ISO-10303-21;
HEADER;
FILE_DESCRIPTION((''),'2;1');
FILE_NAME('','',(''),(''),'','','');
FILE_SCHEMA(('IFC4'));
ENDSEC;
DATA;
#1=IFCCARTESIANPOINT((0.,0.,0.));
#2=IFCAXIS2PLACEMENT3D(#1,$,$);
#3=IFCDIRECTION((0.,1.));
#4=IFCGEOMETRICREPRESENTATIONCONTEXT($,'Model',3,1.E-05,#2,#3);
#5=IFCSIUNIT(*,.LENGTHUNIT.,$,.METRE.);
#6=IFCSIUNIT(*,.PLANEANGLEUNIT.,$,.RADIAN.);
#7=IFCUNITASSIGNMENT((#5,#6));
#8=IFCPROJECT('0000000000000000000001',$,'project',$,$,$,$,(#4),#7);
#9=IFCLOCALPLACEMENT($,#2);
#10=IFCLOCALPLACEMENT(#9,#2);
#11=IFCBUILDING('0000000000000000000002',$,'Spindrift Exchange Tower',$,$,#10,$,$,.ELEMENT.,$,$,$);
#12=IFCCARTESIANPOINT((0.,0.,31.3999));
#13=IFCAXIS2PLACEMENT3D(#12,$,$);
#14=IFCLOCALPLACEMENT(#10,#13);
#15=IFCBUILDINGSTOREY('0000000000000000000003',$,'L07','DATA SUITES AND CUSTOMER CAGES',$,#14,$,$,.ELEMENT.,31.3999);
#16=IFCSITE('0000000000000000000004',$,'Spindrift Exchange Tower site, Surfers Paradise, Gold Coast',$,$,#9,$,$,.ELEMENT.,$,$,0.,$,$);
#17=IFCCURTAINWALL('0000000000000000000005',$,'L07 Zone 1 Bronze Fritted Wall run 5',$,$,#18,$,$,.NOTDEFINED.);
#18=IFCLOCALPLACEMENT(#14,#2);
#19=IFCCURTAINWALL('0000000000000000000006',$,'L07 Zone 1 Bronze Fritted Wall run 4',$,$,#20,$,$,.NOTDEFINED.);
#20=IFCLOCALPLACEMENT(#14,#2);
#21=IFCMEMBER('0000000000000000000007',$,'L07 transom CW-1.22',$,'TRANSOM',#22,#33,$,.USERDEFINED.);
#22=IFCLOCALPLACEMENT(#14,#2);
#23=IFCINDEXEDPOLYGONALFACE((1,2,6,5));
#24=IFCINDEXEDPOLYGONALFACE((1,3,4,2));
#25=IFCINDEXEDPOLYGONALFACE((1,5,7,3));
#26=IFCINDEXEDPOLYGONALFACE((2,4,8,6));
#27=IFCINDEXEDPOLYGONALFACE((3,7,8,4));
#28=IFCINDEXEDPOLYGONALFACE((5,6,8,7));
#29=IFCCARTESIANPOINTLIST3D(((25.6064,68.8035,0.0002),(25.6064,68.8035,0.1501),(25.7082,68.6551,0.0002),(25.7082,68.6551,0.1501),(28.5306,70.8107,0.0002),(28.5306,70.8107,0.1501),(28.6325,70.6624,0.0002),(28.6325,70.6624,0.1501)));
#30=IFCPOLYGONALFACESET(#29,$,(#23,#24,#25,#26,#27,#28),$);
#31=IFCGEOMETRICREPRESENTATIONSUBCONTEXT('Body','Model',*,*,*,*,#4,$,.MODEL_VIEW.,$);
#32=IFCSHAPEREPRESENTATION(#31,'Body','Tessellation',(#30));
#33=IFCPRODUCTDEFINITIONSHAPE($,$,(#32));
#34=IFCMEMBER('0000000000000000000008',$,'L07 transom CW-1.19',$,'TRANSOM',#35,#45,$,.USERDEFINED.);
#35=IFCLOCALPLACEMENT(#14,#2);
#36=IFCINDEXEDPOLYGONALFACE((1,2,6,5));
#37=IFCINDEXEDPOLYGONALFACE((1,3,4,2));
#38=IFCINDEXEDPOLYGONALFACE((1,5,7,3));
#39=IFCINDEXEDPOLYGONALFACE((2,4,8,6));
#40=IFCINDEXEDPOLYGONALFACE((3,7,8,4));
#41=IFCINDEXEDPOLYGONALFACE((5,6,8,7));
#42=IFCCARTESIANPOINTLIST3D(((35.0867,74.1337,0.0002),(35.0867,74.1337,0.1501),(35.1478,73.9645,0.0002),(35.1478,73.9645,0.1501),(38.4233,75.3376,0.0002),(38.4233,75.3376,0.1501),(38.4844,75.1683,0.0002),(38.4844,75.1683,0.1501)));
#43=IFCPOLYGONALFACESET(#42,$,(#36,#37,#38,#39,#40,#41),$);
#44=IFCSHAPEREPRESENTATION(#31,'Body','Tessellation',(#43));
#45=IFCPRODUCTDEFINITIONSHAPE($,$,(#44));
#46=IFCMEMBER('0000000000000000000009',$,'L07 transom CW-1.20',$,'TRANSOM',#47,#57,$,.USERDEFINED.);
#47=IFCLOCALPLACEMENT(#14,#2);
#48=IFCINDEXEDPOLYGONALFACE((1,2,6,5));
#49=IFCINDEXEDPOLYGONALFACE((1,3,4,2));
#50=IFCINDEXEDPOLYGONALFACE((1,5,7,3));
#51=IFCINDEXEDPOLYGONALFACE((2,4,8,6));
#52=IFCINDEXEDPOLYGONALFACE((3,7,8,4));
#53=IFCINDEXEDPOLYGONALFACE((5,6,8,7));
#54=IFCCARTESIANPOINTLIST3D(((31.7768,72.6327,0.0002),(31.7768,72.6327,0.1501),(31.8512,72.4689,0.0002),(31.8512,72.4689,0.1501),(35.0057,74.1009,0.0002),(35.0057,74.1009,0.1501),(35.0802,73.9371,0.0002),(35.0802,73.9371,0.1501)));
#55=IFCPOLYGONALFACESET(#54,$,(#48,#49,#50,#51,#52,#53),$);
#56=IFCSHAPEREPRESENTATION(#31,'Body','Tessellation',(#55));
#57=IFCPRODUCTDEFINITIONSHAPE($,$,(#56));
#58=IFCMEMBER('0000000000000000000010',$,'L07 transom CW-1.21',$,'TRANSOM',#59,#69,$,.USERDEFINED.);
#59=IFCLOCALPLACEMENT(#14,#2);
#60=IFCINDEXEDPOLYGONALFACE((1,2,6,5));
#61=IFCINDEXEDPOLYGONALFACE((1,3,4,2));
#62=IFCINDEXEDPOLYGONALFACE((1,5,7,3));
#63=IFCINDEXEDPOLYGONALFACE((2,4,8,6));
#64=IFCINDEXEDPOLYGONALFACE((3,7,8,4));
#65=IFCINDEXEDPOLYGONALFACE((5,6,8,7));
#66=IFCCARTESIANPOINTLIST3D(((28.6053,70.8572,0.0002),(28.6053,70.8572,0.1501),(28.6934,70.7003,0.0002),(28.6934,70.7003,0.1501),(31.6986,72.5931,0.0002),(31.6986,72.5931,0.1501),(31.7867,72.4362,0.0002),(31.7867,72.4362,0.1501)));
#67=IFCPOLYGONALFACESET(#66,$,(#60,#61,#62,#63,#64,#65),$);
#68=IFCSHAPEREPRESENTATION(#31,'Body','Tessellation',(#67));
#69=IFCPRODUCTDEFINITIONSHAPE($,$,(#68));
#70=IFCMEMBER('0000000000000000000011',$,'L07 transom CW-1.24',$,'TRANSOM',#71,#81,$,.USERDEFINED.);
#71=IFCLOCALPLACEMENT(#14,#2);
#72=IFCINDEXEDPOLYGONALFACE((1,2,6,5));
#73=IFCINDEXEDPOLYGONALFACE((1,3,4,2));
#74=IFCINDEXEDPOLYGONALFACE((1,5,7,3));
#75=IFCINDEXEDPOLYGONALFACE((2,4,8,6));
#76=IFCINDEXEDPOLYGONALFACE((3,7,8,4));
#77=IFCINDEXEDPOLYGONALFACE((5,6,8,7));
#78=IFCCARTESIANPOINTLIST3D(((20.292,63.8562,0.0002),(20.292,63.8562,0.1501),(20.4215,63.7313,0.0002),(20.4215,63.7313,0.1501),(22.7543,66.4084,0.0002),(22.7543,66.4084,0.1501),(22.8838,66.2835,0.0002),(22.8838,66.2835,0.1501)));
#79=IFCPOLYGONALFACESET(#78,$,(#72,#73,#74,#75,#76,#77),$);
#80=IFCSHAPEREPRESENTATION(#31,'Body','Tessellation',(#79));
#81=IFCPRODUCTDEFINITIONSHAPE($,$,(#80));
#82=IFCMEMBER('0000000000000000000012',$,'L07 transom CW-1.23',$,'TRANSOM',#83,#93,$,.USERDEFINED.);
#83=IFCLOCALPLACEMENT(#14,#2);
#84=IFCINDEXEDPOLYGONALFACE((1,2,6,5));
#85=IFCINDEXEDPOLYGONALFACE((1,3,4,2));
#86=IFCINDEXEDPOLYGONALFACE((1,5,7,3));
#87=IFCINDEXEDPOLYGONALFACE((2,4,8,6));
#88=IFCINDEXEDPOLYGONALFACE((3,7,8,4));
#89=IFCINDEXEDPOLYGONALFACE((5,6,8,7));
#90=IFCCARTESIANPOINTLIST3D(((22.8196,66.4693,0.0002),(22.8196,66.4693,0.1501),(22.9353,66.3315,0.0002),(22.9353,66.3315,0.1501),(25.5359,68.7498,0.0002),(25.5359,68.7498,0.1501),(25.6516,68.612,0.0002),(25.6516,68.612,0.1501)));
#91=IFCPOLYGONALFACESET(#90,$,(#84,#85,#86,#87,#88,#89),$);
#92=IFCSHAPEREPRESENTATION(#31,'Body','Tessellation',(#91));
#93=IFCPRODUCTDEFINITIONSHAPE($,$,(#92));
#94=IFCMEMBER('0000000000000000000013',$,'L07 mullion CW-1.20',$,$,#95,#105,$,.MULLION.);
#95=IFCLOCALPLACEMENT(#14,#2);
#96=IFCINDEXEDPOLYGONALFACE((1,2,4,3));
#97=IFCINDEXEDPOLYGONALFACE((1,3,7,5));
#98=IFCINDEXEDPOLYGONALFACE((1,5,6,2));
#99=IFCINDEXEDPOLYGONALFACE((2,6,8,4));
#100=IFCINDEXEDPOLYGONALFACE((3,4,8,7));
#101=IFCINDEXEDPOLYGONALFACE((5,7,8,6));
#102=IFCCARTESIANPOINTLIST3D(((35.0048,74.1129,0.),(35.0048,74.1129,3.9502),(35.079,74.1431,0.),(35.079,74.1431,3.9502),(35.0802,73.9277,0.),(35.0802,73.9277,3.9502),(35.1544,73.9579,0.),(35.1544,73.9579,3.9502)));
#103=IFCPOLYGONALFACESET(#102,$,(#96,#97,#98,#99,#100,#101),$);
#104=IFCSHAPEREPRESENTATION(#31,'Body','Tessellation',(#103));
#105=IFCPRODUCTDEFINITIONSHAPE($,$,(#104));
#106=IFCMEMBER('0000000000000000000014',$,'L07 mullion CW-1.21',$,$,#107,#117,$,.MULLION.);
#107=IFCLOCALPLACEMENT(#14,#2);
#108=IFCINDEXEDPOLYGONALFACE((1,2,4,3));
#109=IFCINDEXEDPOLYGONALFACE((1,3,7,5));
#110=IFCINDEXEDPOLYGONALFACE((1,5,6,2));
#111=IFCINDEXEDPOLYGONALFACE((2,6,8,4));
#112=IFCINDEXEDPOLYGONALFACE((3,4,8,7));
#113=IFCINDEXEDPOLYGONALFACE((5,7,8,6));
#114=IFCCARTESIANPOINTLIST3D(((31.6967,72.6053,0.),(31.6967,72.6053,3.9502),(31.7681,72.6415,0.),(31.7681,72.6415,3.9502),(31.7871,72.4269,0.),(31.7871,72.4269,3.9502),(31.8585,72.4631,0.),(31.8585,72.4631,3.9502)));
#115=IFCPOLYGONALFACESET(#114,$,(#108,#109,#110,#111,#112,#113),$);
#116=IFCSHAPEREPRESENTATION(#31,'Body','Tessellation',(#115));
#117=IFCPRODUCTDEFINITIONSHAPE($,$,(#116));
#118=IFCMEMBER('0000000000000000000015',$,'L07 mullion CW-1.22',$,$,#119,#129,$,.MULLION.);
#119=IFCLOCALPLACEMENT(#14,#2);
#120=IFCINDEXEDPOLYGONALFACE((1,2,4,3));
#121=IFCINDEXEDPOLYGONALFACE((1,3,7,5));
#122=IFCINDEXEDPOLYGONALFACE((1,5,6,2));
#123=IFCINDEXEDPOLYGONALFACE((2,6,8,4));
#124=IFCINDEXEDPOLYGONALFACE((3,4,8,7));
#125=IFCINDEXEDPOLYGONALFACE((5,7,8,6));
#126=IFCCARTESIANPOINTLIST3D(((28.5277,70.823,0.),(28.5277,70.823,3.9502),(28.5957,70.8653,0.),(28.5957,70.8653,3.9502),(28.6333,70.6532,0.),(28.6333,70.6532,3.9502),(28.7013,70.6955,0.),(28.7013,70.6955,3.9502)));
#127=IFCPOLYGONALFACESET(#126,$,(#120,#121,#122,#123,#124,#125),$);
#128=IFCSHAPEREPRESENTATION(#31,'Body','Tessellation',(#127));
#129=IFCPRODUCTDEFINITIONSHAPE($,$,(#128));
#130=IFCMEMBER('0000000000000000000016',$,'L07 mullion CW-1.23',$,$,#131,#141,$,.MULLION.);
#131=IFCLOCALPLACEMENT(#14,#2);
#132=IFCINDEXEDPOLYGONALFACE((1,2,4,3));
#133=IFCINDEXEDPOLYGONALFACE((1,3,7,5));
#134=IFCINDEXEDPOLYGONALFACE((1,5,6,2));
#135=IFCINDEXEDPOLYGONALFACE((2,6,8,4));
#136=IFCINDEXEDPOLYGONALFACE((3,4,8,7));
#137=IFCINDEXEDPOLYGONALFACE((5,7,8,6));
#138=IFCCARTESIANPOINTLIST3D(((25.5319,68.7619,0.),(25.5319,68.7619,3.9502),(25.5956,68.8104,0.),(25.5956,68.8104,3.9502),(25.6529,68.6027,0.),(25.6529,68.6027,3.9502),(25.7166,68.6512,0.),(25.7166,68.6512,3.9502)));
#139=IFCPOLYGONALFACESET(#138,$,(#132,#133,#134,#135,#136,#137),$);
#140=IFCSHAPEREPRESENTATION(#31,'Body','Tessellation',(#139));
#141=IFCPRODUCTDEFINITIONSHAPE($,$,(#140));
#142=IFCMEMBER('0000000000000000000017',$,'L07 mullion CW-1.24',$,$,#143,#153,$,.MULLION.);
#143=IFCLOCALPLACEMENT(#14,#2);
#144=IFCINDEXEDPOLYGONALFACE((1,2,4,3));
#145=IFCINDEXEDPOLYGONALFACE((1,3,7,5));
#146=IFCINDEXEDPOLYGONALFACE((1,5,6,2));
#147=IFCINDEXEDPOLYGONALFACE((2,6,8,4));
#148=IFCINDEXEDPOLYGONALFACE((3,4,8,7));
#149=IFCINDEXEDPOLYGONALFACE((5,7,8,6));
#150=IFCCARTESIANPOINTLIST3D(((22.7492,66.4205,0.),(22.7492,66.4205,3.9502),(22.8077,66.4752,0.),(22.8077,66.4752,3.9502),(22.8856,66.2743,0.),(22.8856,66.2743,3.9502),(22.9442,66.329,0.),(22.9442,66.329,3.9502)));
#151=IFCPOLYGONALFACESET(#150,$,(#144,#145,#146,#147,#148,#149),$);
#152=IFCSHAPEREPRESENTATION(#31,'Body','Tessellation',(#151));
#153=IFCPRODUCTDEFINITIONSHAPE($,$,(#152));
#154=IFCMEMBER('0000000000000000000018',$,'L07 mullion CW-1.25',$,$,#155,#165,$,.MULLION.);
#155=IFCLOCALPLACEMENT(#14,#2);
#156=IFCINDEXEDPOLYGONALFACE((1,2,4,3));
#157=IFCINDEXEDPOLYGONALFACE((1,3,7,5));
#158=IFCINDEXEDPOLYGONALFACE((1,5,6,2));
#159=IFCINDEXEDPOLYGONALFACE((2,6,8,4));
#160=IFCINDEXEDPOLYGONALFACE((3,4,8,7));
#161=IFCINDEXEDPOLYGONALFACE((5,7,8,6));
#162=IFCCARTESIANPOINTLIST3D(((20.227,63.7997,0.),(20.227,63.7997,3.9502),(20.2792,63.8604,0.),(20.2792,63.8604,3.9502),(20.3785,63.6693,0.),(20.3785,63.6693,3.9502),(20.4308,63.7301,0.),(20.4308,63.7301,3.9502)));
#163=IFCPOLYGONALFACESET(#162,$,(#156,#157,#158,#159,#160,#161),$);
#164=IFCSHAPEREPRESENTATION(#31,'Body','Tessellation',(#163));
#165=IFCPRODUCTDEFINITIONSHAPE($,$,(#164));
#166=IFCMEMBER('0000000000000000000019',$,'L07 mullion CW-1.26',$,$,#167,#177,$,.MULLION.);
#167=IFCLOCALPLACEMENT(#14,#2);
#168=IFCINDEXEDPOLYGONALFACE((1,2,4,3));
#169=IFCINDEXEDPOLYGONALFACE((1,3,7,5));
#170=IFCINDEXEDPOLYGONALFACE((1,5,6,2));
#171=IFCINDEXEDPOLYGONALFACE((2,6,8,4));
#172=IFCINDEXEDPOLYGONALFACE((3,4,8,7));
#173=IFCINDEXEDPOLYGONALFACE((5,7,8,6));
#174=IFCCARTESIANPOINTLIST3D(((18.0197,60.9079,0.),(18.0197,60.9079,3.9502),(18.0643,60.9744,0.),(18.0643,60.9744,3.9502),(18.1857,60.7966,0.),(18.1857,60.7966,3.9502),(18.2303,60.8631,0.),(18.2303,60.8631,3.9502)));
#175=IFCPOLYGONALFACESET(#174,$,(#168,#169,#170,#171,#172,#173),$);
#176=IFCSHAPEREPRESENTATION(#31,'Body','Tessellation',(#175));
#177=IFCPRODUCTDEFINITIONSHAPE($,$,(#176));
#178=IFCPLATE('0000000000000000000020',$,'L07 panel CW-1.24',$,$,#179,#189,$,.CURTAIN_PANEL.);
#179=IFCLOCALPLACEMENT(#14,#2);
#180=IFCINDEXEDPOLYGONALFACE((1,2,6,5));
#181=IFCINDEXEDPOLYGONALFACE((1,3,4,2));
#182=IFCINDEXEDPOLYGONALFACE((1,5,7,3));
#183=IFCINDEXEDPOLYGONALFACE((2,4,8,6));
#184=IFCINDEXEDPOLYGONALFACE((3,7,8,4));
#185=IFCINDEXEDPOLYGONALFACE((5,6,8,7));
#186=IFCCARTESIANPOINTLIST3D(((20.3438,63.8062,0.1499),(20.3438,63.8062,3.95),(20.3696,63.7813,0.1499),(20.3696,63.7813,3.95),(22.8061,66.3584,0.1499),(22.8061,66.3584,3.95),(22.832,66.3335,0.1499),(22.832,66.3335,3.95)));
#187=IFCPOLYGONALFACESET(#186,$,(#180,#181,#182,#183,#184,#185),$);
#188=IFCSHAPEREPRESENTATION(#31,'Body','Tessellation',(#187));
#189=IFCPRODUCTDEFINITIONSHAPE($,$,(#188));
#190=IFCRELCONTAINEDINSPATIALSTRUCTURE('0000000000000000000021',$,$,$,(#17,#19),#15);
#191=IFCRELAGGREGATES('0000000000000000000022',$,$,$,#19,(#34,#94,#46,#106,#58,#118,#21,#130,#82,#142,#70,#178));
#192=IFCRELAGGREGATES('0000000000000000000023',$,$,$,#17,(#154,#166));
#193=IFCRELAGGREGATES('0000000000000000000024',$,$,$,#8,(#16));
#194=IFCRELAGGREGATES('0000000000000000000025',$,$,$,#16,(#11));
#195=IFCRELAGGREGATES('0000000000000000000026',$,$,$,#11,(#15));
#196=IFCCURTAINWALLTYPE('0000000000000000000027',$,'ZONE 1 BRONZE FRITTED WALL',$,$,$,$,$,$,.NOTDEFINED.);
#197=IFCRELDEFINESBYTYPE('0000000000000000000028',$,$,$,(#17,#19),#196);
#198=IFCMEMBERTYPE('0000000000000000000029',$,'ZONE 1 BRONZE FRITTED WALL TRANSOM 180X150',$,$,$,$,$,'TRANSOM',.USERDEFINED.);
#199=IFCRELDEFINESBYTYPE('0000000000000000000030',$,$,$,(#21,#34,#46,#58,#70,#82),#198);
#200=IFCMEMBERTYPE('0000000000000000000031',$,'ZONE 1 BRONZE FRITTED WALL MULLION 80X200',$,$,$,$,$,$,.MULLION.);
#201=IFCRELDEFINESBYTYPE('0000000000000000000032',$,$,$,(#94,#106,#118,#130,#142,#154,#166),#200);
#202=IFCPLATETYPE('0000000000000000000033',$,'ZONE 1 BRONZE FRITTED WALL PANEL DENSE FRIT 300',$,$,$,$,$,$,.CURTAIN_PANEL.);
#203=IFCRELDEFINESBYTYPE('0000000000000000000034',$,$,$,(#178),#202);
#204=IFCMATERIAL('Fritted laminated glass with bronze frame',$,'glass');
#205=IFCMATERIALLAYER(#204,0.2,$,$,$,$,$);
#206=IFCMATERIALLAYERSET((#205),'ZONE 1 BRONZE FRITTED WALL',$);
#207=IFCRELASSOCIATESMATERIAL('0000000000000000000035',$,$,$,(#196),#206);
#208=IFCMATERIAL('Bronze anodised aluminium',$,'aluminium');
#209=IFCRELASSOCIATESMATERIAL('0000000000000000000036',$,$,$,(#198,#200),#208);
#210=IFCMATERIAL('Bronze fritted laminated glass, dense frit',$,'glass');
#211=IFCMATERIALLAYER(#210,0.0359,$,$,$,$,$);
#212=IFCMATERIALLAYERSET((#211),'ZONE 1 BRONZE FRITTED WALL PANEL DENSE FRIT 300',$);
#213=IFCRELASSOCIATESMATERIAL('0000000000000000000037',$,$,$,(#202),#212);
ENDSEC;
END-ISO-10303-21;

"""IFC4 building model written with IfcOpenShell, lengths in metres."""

from ifc_helpers import new_model, si_unit, direction, frame, origin, origin_2d, place, context, subcontext, project, spatial, rectangle, extrude, source, transform, mapped, material, layer, layer_set, material_profile, profile_set, type_object, element, aggregate, save


model = new_model("IFC4")

# Units and contexts
model_context = context("Model", 3, precision=1e-05, world=origin(), true_north=direction((0.0, 1.0)))
body_context = subcontext(model_context, "Body", "Model", "MODEL_VIEW")
ifc_project = project(units=[si_unit("LENGTHUNIT", "METRE"), si_unit("PLANEANGLEUNIT", "RADIAN")], contexts=[model_context])

# Site, building, storey
site_placement = place(None, origin())
site = spatial("IfcSite", under=ifc_project, at=site_placement, Name="Spindrift Exchange Tower site, Surfers Paradise, Gold Coast", CompositionType="ELEMENT", RefElevation=0.0)
building_placement = place(site_placement, origin())
building = spatial("IfcBuilding", under=site, at=building_placement, Name="Spindrift Exchange Tower", CompositionType="ELEMENT")
storey_placement = place(building_placement, frame((0.0, 0.0, 31.3999)))
storey = spatial("IfcBuildingStorey", under=building, at=storey_placement, Name="L07", Description="DATA SUITES AND CUSTOMER CAGES", CompositionType="ELEMENT", Elevation=31.3999)

# Curtain walls, members
ifc_material_1 = material(Name="Fritted laminated glass with bronze frame", Category="glass")
ifc_layer_1 = layer(ifc_material_1, 0.2)
ifc_layer_set_1 = layer_set([ifc_layer_1], Name="ZONE 1 BRONZE FRITTED WALL")
curtain_wall_type = type_object("IfcCurtainWallType", Name="ZONE 1 BRONZE FRITTED WALL", PredefinedType="NOTDEFINED", material=ifc_layer_set_1)
curtain_wall_1_placement = place(storey_placement, origin())
curtain_wall_1 = element("IfcCurtainWall", 1, at=curtain_wall_1_placement, inside=storey, type_object=curtain_wall_type, Name="L07 Zone 1 Bronze Fritted Wall run 5", PredefinedType="NOTDEFINED")
ifc_material_2 = material(Name="Bronze anodised aluminium", Category="aluminium")
ifc_material_profile_1 = material_profile(ifc_material_2, rectangle(XDim=0.1799, YDim=0.1499, at=origin_2d()), Name="ZONE 1 BRONZE FRITTED WALL TRANSOM 180X150")
ifc_profile_set_1 = profile_set([ifc_material_profile_1], Name="Bronze anodised aluminium")
member_type_1 = type_object("IfcMemberType", Name="ZONE 1 BRONZE FRITTED WALL TRANSOM 180X150", ElementType="TRANSOM", PredefinedType="USERDEFINED", material=ifc_profile_set_1)
curtain_wall_2_placement = place(storey_placement, origin())
curtain_wall_2 = element("IfcCurtainWall", 2, at=curtain_wall_2_placement, inside=storey, type_object=curtain_wall_type, Name="L07 Zone 1 Bronze Fritted Wall run 4", PredefinedType="NOTDEFINED")
shared_shape_1 = source(origin(), body_context, "Body", "SweptSolid", [
    extrude(rectangle(XDim=0.1799, YDim=0.1499, at=origin_2d()), origin(), (0.0, 0.0, 1.0), 3.5469),
])
member_1_placement = place(storey_placement, frame((28.5815, 70.7366, 0.0752), z_axis=(-0.824455, -0.565927, 0.0), x_axis=(0.565927, -0.824455, 0.0)))
member_1 = element("IfcMember", 3, at=member_1_placement, type_object=member_type_1, Name="L07 transom CW-1.22", ObjectType="TRANSOM", PredefinedType="USERDEFINED", context=body_context, shape_type="MappedRepresentation", body=[
    mapped(shared_shape_1, transform((0.0, 0.0, 0.0), scale=1.0)),
])
shared_shape_2 = source(origin(), body_context, "Body", "SweptSolid", [
    extrude(rectangle(XDim=0.1799, YDim=0.1499, at=origin_2d()), origin(), (0.0, 0.0, 1.0), 3.5471),
])
member_2_placement = place(storey_placement, frame((38.4539, 75.2529, 0.0752), z_axis=(-0.940649, -0.339382, 0.0), x_axis=(0.339382, -0.940649, 0.0)))
member_2 = element("IfcMember", 4, at=member_2_placement, type_object=member_type_1, Name="L07 transom CW-1.19", ObjectType="TRANSOM", PredefinedType="USERDEFINED", context=body_context, shape_type="MappedRepresentation", body=[
    mapped(shared_shape_2, transform((0.0, 0.0, 0.0), scale=1.0)),
])
member_3_placement = place(storey_placement, frame((35.043, 74.019, 0.0752), z_axis=(-0.91031, -0.413927, 0.0), x_axis=(0.413927, -0.91031, 0.0)))
member_3 = element("IfcMember", 5, at=member_3_placement, type_object=member_type_1, Name="L07 transom CW-1.20", ObjectType="TRANSOM", PredefinedType="USERDEFINED", context=body_context, shape_type="MappedRepresentation", body=[
    mapped(shared_shape_2, transform((0.0, 0.0, 0.0), scale=1.0)),
])
member_4_placement = place(storey_placement, frame((31.7427, 72.5146, 0.0752), z_axis=(-0.872071, -0.489379, 0.0), x_axis=(0.489379, -0.872071, 0.0)))
member_4 = element("IfcMember", 6, at=member_4_placement, type_object=member_type_1, Name="L07 transom CW-1.21", ObjectType="TRANSOM", PredefinedType="USERDEFINED", context=body_context, shape_type="MappedRepresentation", body=[
    mapped(shared_shape_2, transform((0.0, 0.0, 0.0), scale=1.0)),
])
shared_shape_3 = source(origin(), body_context, "Body", "SweptSolid", [
    extrude(rectangle(XDim=0.1799, YDim=0.1499, at=origin_2d()), origin(), (0.0, 0.0, 1.0), 3.5464),
])
member_5_placement = place(storey_placement, frame((22.8191, 66.3459, 0.0752), z_axis=(-0.694327, -0.71966, 0.0), x_axis=(0.71966, -0.694327, 0.0)))
member_5 = element("IfcMember", 7, at=member_5_placement, type_object=member_type_1, Name="L07 transom CW-1.24", ObjectType="TRANSOM", PredefinedType="USERDEFINED", context=body_context, shape_type="MappedRepresentation", body=[
    mapped(shared_shape_3, transform((0.0, 0.0, 0.0), scale=1.0)),
])
shared_shape_4 = source(origin(), body_context, "Body", "SweptSolid", [
    extrude(rectangle(XDim=0.1799, YDim=0.1499, at=origin_2d()), origin(), (0.0, 0.0, 1.0), 3.5466),
])
member_6_placement = place(storey_placement, frame((25.5938, 68.6809, 0.0752), z_axis=(-0.765869, -0.642997, 0.0), x_axis=(0.642997, -0.765869, 0.0)))
member_6 = element("IfcMember", 8, at=member_6_placement, type_object=member_type_1, Name="L07 transom CW-1.23", ObjectType="TRANSOM", PredefinedType="USERDEFINED", context=body_context, shape_type="MappedRepresentation", body=[
    mapped(shared_shape_4, transform((0.0, 0.0, 0.0), scale=1.0)),
])
ifc_material_profile_2 = material_profile(ifc_material_2, rectangle(XDim=0.0801, YDim=0.2, at=origin_2d()), Name="ZONE 1 BRONZE FRITTED WALL MULLION 80X200")
ifc_profile_set_2 = profile_set([ifc_material_profile_2], Name="Bronze anodised aluminium")
member_type_2 = type_object("IfcMemberType", Name="ZONE 1 BRONZE FRITTED WALL MULLION 80X200", PredefinedType="MULLION", material=ifc_profile_set_2)
shared_shape_5 = source(origin(), body_context, "Body", "SweptSolid", [
    extrude(rectangle(XDim=0.0801, YDim=0.2, at=origin_2d()), origin(), (0.0, 0.0, 1.0), 3.9502),
])
member_7_placement = place(storey_placement, frame((35.0796, 74.0354, 0.0), z_axis=(0.0, 0.0, 1.0), x_axis=(-0.926241, -0.376932, 0.0)))
member_7 = element("IfcMember", 9, at=member_7_placement, type_object=member_type_2, Name="L07 mullion CW-1.20", PredefinedType="MULLION", context=body_context, shape_type="MappedRepresentation", body=[
    mapped(shared_shape_5, transform((0.0, 0.0, 0.0), scale=1.0)),
])
member_8_placement = place(storey_placement, frame((31.7776, 72.5342, 0.0), z_axis=(0.0, 0.0, 1.0), x_axis=(-0.891994, -0.452048, 0.0)))
member_8 = element("IfcMember", 10, at=member_8_placement, type_object=member_type_2, Name="L07 mullion CW-1.21", PredefinedType="MULLION", context=body_context, shape_type="MappedRepresentation", body=[
    mapped(shared_shape_5, transform((0.0, 0.0, 0.0), scale=1.0)),
])
member_9_placement = place(storey_placement, frame((28.6145, 70.7593, 0.0), z_axis=(0.0, 0.0, 1.0), x_axis=(-0.84912, -0.528201, 0.0)))
member_9 = element("IfcMember", 11, at=member_9_placement, type_object=member_type_2, Name="L07 mullion CW-1.22", PredefinedType="MULLION", context=body_context, shape_type="MappedRepresentation", body=[
    mapped(shared_shape_5, transform((0.0, 0.0, 0.0), scale=1.0)),
])
member_10_placement = place(storey_placement, frame((25.6243, 68.7065, 0.0), z_axis=(0.0, 0.0, 1.0), x_axis=(-0.796096, -0.60517, 0.0)))
member_10 = element("IfcMember", 12, at=member_10_placement, type_object=member_type_2, Name="L07 mullion CW-1.23", PredefinedType="MULLION", context=body_context, shape_type="MappedRepresentation", body=[
    mapped(shared_shape_5, transform((0.0, 0.0, 0.0), scale=1.0)),
])
member_11_placement = place(storey_placement, frame((22.8467, 66.3748, 0.0), z_axis=(0.0, 0.0, 1.0), x_axis=(-0.731101, -0.68227, 0.0)))
member_11 = element("IfcMember", 13, at=member_11_placement, type_object=member_type_2, Name="L07 mullion CW-1.24", PredefinedType="MULLION", context=body_context, shape_type="MappedRepresentation", body=[
    mapped(shared_shape_5, transform((0.0, 0.0, 0.0), scale=1.0)),
])

# Members
member_12_placement = place(storey_placement, frame((20.3289, 63.7649, 0.0), z_axis=(0.0, 0.0, 1.0), x_axis=(-0.652109, -0.758125, 0.0)))
member_12 = element("IfcMember", 14, at=member_12_placement, type_object=member_type_2, Name="L07 mullion CW-1.25", PredefinedType="MULLION", context=body_context, shape_type="MappedRepresentation", body=[
    mapped(shared_shape_5, transform((0.0, 0.0, 0.0), scale=1.0)),
])
member_13_placement = place(storey_placement, frame((18.125, 60.8855, 0.0), z_axis=(0.0, 0.0, 1.0), x_axis=(-0.557112, -0.830437, 0.0)))
member_13 = element("IfcMember", 15, at=member_13_placement, type_object=member_type_2, Name="L07 mullion CW-1.26", PredefinedType="MULLION", context=body_context, shape_type="MappedRepresentation", body=[
    mapped(shared_shape_5, transform((0.0, 0.0, 0.0), scale=1.0)),
])

# Plate
ifc_material_3 = material(Name="Bronze fritted laminated glass, dense frit", Category="glass")
ifc_layer_2 = layer(ifc_material_3, 0.0359)
ifc_layer_set_2 = layer_set([ifc_layer_2], Name="ZONE 1 BRONZE FRITTED WALL PANEL DENSE FRIT 300")
plate_type_1 = type_object("IfcPlateType", Name="ZONE 1 BRONZE FRITTED WALL PANEL DENSE FRIT 300", PredefinedType="CURTAIN_PANEL", material=ifc_layer_set_2)
shared_shape_6 = source(origin(), body_context, "Body", "SweptSolid", [
    extrude(rectangle(XDim=3.5464, YDim=0.0359, at=origin_2d()), origin(), (0.0, 0.0, 1.0), 3.8),
])
plate_1_placement = place(storey_placement, frame((21.5879, 65.0698, 0.1499), z_axis=(0.0, 0.0, 1.0), x_axis=(-0.694322, -0.719665, 0.0)))
plate_1 = element("IfcPlate", 16, at=plate_1_placement, type_object=plate_type_1, Name="L07 panel CW-1.24", PredefinedType="CURTAIN_PANEL", context=body_context, shape_type="MappedRepresentation", body=[
    mapped(shared_shape_6, transform((0.0, 0.0, 0.0), scale=1.0)),
])
aggregate(curtain_wall_2, [member_2, member_7, member_3, member_8, member_4, member_9, member_1, member_10, member_6, member_11, member_5, plate_1])
aggregate(curtain_wall_1, [member_12, member_13])

save(model, "model.ifc")
